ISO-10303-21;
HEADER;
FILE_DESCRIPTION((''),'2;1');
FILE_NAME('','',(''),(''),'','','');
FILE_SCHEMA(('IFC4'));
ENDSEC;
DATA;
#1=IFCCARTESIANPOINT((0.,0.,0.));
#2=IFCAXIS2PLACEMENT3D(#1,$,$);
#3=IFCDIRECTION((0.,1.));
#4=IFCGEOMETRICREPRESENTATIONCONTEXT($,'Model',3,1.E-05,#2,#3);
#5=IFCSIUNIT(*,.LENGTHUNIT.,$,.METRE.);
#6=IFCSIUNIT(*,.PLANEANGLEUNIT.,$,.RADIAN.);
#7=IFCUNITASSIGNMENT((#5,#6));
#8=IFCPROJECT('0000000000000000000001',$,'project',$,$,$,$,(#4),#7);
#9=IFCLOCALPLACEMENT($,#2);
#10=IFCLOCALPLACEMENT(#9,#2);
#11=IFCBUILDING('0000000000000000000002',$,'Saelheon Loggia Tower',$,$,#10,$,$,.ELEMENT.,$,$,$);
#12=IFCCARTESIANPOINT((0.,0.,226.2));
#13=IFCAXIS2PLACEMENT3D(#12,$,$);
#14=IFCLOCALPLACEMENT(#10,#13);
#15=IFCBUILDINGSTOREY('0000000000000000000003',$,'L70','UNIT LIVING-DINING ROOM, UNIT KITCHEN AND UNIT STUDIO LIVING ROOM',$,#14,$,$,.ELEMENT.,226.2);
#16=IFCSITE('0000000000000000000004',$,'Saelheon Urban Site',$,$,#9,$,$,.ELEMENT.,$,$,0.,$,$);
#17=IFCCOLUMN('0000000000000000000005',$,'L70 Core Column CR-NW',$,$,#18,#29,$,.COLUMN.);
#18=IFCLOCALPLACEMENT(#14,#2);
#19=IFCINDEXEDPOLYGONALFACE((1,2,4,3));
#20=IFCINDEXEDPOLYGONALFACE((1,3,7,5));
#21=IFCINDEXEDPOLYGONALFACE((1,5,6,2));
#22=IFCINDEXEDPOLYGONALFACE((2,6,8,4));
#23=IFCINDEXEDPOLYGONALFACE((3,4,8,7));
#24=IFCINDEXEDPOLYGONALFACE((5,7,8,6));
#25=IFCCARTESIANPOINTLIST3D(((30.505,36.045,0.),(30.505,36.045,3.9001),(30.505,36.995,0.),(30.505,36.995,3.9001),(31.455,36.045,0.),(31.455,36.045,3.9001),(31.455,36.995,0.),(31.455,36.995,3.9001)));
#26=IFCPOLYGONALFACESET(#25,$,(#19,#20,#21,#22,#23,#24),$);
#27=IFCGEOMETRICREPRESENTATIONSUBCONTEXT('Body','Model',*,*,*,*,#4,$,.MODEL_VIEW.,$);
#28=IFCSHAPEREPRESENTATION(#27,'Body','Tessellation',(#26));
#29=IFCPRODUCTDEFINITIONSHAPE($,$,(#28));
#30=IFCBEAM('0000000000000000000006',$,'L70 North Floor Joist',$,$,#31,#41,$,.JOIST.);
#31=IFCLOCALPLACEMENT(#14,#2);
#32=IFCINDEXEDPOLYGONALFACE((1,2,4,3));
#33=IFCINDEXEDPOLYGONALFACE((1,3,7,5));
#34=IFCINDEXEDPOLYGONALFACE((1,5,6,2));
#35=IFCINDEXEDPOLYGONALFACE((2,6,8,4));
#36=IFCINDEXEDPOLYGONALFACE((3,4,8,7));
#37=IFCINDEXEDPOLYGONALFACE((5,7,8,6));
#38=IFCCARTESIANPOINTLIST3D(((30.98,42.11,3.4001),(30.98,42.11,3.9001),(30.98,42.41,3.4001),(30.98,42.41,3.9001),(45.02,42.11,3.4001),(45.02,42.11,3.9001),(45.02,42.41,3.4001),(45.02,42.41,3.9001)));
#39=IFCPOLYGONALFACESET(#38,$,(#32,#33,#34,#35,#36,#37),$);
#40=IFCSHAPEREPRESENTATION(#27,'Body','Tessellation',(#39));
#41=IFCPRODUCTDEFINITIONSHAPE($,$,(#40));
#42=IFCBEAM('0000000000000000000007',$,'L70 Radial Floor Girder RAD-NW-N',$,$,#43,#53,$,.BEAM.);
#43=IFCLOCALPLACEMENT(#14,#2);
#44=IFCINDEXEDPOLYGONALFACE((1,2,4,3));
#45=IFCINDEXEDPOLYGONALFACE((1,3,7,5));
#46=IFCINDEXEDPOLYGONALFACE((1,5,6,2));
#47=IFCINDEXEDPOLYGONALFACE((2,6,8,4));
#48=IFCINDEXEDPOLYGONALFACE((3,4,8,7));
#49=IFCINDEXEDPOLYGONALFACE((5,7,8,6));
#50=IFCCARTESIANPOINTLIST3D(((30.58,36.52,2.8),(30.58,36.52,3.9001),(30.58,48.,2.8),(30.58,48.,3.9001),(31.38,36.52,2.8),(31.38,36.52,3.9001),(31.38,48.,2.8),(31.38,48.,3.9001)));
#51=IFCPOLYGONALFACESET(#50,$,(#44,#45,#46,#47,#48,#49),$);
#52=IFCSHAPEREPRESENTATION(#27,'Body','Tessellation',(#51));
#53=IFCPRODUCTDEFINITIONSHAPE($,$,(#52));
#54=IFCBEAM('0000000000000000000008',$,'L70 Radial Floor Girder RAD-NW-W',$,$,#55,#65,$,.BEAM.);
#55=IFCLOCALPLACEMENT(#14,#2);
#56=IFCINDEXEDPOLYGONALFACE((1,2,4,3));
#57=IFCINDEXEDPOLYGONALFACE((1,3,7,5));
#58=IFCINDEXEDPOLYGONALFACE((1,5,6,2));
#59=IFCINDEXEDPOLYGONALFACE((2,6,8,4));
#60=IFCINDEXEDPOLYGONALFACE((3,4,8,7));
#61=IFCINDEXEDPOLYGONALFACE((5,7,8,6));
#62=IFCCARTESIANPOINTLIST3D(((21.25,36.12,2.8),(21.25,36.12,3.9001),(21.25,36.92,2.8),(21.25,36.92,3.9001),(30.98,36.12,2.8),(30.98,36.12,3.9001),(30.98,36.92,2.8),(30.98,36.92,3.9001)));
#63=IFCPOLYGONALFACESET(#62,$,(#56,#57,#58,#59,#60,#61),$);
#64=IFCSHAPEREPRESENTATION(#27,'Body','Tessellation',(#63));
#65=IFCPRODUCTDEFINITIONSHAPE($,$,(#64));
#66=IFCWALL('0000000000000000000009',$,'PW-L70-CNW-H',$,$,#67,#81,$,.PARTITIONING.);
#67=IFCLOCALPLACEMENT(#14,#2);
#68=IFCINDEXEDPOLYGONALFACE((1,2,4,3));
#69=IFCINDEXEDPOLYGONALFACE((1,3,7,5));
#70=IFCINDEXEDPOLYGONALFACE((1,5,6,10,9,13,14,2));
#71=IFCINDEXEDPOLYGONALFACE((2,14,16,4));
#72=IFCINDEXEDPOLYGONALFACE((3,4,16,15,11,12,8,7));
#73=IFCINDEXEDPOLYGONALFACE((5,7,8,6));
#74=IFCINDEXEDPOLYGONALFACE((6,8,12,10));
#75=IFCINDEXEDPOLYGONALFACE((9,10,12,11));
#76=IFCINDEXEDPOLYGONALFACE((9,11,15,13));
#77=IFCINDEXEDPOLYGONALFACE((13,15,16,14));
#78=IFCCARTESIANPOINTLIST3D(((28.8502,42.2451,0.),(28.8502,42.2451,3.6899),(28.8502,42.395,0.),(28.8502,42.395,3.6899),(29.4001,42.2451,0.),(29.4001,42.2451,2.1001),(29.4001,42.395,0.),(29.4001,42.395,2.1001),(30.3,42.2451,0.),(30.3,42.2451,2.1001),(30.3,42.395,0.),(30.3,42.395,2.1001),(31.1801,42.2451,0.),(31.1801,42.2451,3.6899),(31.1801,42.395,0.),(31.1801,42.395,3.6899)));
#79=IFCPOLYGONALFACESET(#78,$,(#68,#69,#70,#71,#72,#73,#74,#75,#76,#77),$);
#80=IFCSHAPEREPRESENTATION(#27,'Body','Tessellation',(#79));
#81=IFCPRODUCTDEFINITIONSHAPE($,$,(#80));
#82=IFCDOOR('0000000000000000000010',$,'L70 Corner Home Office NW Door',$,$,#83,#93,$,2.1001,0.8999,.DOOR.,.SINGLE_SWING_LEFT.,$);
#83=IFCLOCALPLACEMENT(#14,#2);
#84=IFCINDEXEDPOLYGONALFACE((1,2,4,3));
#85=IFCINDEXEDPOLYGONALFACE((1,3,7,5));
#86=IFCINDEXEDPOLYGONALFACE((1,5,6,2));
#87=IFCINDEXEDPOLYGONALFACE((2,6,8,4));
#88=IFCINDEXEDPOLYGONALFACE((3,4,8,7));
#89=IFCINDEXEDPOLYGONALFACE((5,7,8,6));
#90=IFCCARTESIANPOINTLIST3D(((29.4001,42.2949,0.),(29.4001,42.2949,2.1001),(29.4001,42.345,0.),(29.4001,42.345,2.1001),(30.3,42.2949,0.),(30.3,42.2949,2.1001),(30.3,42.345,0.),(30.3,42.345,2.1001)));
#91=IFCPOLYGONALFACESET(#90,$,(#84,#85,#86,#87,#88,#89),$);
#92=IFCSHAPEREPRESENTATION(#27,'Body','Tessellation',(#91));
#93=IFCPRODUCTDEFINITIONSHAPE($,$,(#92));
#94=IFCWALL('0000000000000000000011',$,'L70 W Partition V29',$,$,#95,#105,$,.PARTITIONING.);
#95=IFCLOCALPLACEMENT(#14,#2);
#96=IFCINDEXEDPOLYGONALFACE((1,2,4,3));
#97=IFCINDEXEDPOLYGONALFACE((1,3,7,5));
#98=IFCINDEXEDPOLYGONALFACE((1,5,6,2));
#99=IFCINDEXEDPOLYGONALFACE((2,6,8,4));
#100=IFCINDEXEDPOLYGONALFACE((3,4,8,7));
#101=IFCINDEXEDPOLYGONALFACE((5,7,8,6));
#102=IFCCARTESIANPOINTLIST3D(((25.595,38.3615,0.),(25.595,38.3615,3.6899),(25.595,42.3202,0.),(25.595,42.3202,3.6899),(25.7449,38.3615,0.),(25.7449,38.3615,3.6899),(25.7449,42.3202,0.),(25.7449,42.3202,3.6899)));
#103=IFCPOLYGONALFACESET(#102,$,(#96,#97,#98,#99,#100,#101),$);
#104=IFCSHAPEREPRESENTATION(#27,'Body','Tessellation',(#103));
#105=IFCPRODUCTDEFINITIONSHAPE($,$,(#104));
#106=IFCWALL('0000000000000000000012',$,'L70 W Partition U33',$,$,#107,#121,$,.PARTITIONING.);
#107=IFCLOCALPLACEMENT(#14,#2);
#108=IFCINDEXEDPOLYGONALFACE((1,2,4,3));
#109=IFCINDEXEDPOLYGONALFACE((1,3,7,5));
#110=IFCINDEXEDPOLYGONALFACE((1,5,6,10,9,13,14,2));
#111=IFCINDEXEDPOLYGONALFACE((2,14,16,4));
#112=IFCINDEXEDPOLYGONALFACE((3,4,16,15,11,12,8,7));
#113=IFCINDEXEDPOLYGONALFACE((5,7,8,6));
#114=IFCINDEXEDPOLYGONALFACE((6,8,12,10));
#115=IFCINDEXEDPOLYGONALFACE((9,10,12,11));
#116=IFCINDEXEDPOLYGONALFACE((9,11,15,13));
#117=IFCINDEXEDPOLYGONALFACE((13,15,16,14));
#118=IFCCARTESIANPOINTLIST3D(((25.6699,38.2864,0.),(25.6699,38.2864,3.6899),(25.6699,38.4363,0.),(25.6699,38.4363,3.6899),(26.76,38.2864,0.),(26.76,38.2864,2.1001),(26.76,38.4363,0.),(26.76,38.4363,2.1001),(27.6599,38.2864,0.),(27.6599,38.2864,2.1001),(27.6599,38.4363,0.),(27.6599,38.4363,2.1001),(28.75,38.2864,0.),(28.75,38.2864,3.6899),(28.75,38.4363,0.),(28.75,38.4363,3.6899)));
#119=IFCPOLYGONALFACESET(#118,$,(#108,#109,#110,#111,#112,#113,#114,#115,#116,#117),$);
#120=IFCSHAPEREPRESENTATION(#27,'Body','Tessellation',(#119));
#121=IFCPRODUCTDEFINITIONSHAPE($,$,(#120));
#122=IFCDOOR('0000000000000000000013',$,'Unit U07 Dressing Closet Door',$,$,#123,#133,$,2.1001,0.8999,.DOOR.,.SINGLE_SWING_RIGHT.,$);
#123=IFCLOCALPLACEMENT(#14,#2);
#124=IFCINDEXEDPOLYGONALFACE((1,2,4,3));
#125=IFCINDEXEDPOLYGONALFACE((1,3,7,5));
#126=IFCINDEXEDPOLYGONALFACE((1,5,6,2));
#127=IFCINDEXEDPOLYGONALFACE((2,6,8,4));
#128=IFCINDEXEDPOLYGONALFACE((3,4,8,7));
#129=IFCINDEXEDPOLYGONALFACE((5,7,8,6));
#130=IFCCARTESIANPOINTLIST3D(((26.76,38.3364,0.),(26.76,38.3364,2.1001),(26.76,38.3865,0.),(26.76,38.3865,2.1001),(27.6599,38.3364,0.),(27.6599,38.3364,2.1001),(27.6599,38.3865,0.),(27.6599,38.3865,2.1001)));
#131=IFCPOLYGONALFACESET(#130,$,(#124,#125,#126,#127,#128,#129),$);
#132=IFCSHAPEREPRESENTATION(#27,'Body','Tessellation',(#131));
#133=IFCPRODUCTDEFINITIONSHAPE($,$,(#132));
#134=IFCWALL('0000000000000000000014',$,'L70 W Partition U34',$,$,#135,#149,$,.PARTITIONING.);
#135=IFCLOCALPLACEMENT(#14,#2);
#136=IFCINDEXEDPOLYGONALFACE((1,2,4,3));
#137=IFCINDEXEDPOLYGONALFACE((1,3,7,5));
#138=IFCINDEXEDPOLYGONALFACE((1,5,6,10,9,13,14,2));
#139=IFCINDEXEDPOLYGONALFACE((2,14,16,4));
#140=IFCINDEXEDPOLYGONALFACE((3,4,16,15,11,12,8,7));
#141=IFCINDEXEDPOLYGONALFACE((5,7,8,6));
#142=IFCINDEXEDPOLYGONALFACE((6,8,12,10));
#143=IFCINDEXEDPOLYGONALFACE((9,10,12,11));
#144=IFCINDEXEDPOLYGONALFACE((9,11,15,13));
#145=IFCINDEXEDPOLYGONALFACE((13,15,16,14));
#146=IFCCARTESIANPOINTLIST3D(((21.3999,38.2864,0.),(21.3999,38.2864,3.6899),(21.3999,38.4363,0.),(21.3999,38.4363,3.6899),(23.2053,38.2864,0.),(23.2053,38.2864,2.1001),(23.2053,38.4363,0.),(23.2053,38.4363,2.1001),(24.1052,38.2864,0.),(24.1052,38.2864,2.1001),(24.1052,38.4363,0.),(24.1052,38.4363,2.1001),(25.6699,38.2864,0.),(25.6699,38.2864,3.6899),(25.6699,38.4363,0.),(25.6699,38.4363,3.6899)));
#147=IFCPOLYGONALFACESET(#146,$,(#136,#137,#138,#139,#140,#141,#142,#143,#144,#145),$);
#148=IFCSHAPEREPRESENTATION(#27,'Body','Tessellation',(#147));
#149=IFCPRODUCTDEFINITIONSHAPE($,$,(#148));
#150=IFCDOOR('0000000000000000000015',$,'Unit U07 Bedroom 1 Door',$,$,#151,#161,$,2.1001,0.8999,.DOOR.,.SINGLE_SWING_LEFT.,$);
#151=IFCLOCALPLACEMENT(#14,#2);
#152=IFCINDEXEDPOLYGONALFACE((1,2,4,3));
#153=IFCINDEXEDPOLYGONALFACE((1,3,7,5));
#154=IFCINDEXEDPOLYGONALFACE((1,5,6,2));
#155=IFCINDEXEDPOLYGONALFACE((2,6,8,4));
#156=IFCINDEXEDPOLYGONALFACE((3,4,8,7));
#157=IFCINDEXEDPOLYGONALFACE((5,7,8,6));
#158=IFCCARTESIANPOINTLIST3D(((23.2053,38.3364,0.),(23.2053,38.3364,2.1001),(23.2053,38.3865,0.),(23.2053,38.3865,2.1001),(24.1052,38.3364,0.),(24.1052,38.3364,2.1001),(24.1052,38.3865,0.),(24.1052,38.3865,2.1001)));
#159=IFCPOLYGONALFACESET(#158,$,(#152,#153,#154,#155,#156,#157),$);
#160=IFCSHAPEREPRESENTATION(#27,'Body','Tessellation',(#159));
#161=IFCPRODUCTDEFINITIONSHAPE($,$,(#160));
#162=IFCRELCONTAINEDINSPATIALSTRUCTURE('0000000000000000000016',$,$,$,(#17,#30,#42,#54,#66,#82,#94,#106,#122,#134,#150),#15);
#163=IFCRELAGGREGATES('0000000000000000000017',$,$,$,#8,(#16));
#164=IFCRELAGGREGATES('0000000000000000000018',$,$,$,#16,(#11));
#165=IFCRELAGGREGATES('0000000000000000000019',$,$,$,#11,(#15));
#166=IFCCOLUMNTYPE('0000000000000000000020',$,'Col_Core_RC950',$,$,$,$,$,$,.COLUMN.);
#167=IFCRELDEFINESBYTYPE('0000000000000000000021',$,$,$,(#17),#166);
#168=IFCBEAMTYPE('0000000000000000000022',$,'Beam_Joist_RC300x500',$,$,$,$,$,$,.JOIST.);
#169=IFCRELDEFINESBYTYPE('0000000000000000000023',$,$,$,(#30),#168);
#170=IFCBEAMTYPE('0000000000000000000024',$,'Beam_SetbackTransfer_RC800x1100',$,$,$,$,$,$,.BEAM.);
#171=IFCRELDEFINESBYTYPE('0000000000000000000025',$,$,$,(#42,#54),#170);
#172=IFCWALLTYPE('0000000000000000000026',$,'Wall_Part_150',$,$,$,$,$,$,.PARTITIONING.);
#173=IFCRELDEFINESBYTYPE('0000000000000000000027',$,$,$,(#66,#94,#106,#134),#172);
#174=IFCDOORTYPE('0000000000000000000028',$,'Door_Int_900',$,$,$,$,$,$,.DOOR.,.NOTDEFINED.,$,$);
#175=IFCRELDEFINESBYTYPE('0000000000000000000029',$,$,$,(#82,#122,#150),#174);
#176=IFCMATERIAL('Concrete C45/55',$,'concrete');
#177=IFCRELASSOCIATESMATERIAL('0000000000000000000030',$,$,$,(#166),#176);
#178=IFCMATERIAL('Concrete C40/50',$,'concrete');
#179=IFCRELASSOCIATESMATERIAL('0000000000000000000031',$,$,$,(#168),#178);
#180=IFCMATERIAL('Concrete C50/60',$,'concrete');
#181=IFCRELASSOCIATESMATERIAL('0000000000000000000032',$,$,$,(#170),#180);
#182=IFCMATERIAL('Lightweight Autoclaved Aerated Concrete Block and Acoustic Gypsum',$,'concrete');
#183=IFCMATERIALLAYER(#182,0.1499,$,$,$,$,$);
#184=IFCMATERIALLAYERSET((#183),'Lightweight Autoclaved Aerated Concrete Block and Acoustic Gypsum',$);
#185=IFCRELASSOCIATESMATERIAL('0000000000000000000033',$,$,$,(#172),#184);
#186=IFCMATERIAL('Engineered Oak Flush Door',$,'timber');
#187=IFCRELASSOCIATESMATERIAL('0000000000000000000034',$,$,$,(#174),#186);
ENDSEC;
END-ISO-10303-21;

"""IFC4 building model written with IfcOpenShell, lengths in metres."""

from ifc_helpers import new_model, si_unit, direction, frame, frame_2d, origin, origin_2d, place, context, subcontext, project, spatial, rectangle, extrude, source, transform, mapped, material, layer, layer_set, material_profile, profile_set, type_object, element, fill, save


model = new_model("IFC4")

# Units and contexts
model_context = context("Model", 3, precision=1e-05, world=origin(), true_north=direction((0.0, 1.0)))
body_context = subcontext(model_context, "Body", "Model", "MODEL_VIEW")
ifc_project = project(units=[si_unit("LENGTHUNIT", "METRE"), si_unit("PLANEANGLEUNIT", "RADIAN")], contexts=[model_context])

# Site, building, storey
site_placement = place(None, origin())
site = spatial("IfcSite", under=ifc_project, at=site_placement, Name="Saelheon Urban Site", CompositionType="ELEMENT", RefElevation=0.0)
building_placement = place(site_placement, origin())
building = spatial("IfcBuilding", under=site, at=building_placement, Name="Saelheon Loggia Tower", CompositionType="ELEMENT")
storey_placement = place(building_placement, frame((0.0, 0.0, 226.2)))
storey = spatial("IfcBuildingStorey", under=building, at=storey_placement, Name="L70", Description="UNIT LIVING-DINING ROOM, UNIT KITCHEN AND UNIT STUDIO LIVING ROOM", CompositionType="ELEMENT", Elevation=226.2)

# Column
ifc_material_1 = material(Name="Concrete C45/55", Category="concrete")
ifc_material_profile_1 = material_profile(ifc_material_1, rectangle(XDim=0.95, YDim=0.95, at=origin_2d()), Name="RC-950x950")
ifc_profile_set_1 = profile_set([ifc_material_profile_1], Name="Concrete C45/55")
column_type = type_object("IfcColumnType", Name="Col_Core_RC950", PredefinedType="COLUMN", material=ifc_profile_set_1)
shared_shape_1 = source(origin(), body_context, "Body", "SweptSolid", [
    extrude(rectangle(XDim=0.95, YDim=0.95, at=origin_2d()), origin(), (0.0, 0.0, 1.0), 3.9001),
])
column_placement = place(storey_placement, frame((30.98, 36.52, 0.0), z_axis=(0.0, 0.0, 1.0), x_axis=(1.0, 0.0, 0.0)))
element("IfcColumn", 1, at=column_placement, inside=storey, type_object=column_type, Name="L70 Core Column CR-NW", PredefinedType="COLUMN", context=body_context, shape_type="MappedRepresentation", body=[
    mapped(shared_shape_1, transform((0.0, 0.0, 0.0), scale=1.0)),
])

# Beams
ifc_material_2 = material(Name="Concrete C40/50", Category="concrete")
ifc_material_profile_2 = material_profile(ifc_material_2, rectangle(XDim=0.3, YDim=0.5, at=origin_2d()), Name="RC-300x500")
ifc_profile_set_2 = profile_set([ifc_material_profile_2], Name="Concrete C40/50")
beam_type_1 = type_object("IfcBeamType", Name="Beam_Joist_RC300x500", PredefinedType="JOIST", material=ifc_profile_set_2)
shared_shape_2 = source(origin(), body_context, "Body", "SweptSolid", [
    extrude(rectangle(XDim=0.3, YDim=0.5, at=origin_2d()), origin(), (0.0, 0.0, 1.0), 14.04),
])
beam_1_placement = place(storey_placement, frame((30.98, 42.26, 3.6501), z_axis=(1.0, 0.0, 0.0), x_axis=(0.0, 1.0, 0.0)))
element("IfcBeam", 2, at=beam_1_placement, inside=storey, type_object=beam_type_1, Name="L70 North Floor Joist", PredefinedType="JOIST", context=body_context, shape_type="MappedRepresentation", body=[
    mapped(shared_shape_2, transform((0.0, 0.0, 0.0), scale=1.0)),
])
ifc_material_3 = material(Name="Concrete C50/60", Category="concrete")
ifc_material_profile_3 = material_profile(ifc_material_3, rectangle(XDim=0.8, YDim=1.1001, at=origin_2d()), Name="RC-800x1100")
ifc_profile_set_3 = profile_set([ifc_material_profile_3], Name="Concrete C50/60")
beam_type_2 = type_object("IfcBeamType", Name="Beam_SetbackTransfer_RC800x1100", PredefinedType="BEAM", material=ifc_profile_set_3)
shared_shape_3 = source(origin(), body_context, "Body", "SweptSolid", [
    extrude(rectangle(XDim=0.8, YDim=1.1001, at=origin_2d()), origin(), (0.0, 0.0, 1.0), 11.48),
])
beam_2_placement = place(storey_placement, frame((30.98, 36.52, 3.3501), z_axis=(0.0, 1.0, 0.0), x_axis=(-1.0, 0.0, 0.0)))
element("IfcBeam", 3, at=beam_2_placement, inside=storey, type_object=beam_type_2, Name="L70 Radial Floor Girder RAD-NW-N", PredefinedType="BEAM", context=body_context, shape_type="MappedRepresentation", body=[
    mapped(shared_shape_3, transform((0.0, 0.0, 0.0), scale=1.0)),
])
shared_shape_4 = source(origin(), body_context, "Body", "SweptSolid", [
    extrude(rectangle(XDim=0.8, YDim=1.1001, at=origin_2d()), origin(), (0.0, 0.0, 1.0), 9.73),
])
beam_3_placement = place(storey_placement, frame((30.98, 36.52, 3.3501), z_axis=(-1.0, 0.0, 0.0), x_axis=(0.0, -1.0, 0.0)))
element("IfcBeam", 4, at=beam_3_placement, inside=storey, type_object=beam_type_2, Name="L70 Radial Floor Girder RAD-NW-W", PredefinedType="BEAM", context=body_context, shape_type="MappedRepresentation", body=[
    mapped(shared_shape_4, transform((0.0, 0.0, 0.0), scale=1.0)),
])

# Wall, opening, door
ifc_material_4 = material(Name="Lightweight Autoclaved Aerated Concrete Block and Acoustic Gypsum", Category="concrete")
ifc_layer_1 = layer(ifc_material_4, 0.1499)
ifc_layer_set_1 = layer_set([ifc_layer_1], Name="Lightweight Autoclaved Aerated Concrete Block and Acoustic Gypsum")
wall_type_1 = type_object("IfcWallType", Name="Wall_Part_150", PredefinedType="PARTITIONING", material=ifc_layer_set_1)
wall_1_placement = place(storey_placement, frame((28.8501, 42.3201, 0.0), z_axis=(0.0, 0.0, 1.0), x_axis=(1.0, 0.0, 0.0)))
wall_1 = element("IfcWall", 5, at=wall_1_placement, inside=storey, type_object=wall_type_1, Name="PW-L70-CNW-H", PredefinedType="PARTITIONING", context=body_context, shape_type="SweptSolid", body=[
    extrude(rectangle(XDim=2.3298, YDim=0.1499, at=frame_2d((1.165, 0.0))), origin(), (0.0, 0.0, 1.0), 3.6899),
])
opening_1_placement = place(wall_1_placement, frame((0.55, 0.0, 0.0)))
opening_1 = element("IfcOpeningElement", 6, at=opening_1_placement, cuts=wall_1, PredefinedType="OPENING", context=body_context, shape_type="SweptSolid", body=[
    extrude(rectangle(XDim=0.8999, YDim=2.1001, at=frame_2d((0.45, 1.05))), frame((0.0, 0.0869, 0.0), z_axis=(0.0, -1.0, 0.0), x_axis=(1.0, 0.0, 0.0)), (0.0, 0.0, 1.0), 0.1738),
])
ifc_material_5 = material(Name="Engineered Oak Flush Door", Category="timber")
door_type_1 = type_object("IfcDoorType", Name="Door_Int_900", OperationType="NOTDEFINED", PredefinedType="DOOR", material=ifc_material_5)
shared_shape_5 = source(origin(), body_context, "Body", "SweptSolid", [
    extrude(rectangle(XDim=0.8999, YDim=2.1001, at=frame_2d((0.45, 1.05))), frame((0.0, 0.0249, 0.0), z_axis=(0.0, -1.0, 0.0), x_axis=(1.0, 0.0, 0.0)), (0.0, 0.0, 1.0), 0.05),
])
door_1_placement = place(opening_1_placement, origin())
door_1 = element("IfcDoor", 7, at=door_1_placement, inside=storey, type_object=door_type_1, Name="L70 Corner Home Office NW Door", OperationType="SINGLE_SWING_LEFT", OverallHeight=2.1001, OverallWidth=0.8999, PredefinedType="DOOR", context=body_context, shape_type="MappedRepresentation", body=[
    mapped(shared_shape_5, transform((0.0, 0.0, 0.0), scale=1.0)),
])
fill(opening_1, door_1)

# Wall
wall_2_placement = place(storey_placement, frame((25.6699, 38.3613, 0.0), z_axis=(0.0, 0.0, 1.0), x_axis=(0.0, 1.0, 0.0)))
element("IfcWall", 8, at=wall_2_placement, inside=storey, type_object=wall_type_1, Name="L70 W Partition V29", PredefinedType="PARTITIONING", context=body_context, shape_type="SweptSolid", body=[
    extrude(rectangle(XDim=3.9587, YDim=0.1499, at=frame_2d((1.9795, 0.0))), origin(), (0.0, 0.0, 1.0), 3.6899),
])

# Walls, openings, doors
wall_3_placement = place(storey_placement, frame((28.75, 38.3613, 0.0), z_axis=(0.0, 0.0, 1.0), x_axis=(-1.0, 0.0, 0.0)))
wall_3 = element("IfcWall", 9, at=wall_3_placement, inside=storey, type_object=wall_type_1, Name="L70 W Partition U33", PredefinedType="PARTITIONING", context=body_context, shape_type="SweptSolid", body=[
    extrude(rectangle(XDim=3.0801, YDim=0.1499, at=frame_2d((1.54, 0.0))), origin(), (0.0, 0.0, 1.0), 3.6899),
])
opening_2_placement = place(wall_3_placement, frame((1.0901, 0.0, 0.0)))
opening_2 = element("IfcOpeningElement", 10, at=opening_2_placement, cuts=wall_3, PredefinedType="OPENING", context=body_context, shape_type="SweptSolid", body=[
    extrude(rectangle(XDim=0.8999, YDim=2.1001, at=frame_2d((0.45, 1.05))), frame((0.0, 0.0869, 0.0), z_axis=(0.0, -1.0, 0.0), x_axis=(1.0, 0.0, 0.0)), (0.0, 0.0, 1.0), 0.1738),
])
door_2_placement = place(opening_2_placement, origin())
door_2 = element("IfcDoor", 11, at=door_2_placement, inside=storey, type_object=door_type_1, Name="Unit U07 Dressing Closet Door", OperationType="SINGLE_SWING_RIGHT", OverallHeight=2.1001, OverallWidth=0.8999, PredefinedType="DOOR", context=body_context, shape_type="MappedRepresentation", body=[
    mapped(shared_shape_5, transform((0.0, 0.0, 0.0), scale=1.0)),
])
fill(opening_2, door_2)
wall_4_placement = place(storey_placement, frame((25.6699, 38.3613, 0.0), z_axis=(0.0, 0.0, 1.0), x_axis=(-1.0, 0.0, 0.0)))
wall_4 = element("IfcWall", 12, at=wall_4_placement, inside=storey, type_object=wall_type_1, Name="L70 W Partition U34", PredefinedType="PARTITIONING", context=body_context, shape_type="SweptSolid", body=[
    extrude(rectangle(XDim=4.27, YDim=0.1499, at=frame_2d((2.135, 0.0))), origin(), (0.0, 0.0, 1.0), 3.6899),
])
opening_3_placement = place(wall_4_placement, frame((1.5647, 0.0, 0.0)))
opening_3 = element("IfcOpeningElement", 13, at=opening_3_placement, cuts=wall_4, PredefinedType="OPENING", context=body_context, shape_type="SweptSolid", body=[
    extrude(rectangle(XDim=0.8999, YDim=2.1001, at=frame_2d((0.45, 1.05))), frame((0.0, 0.0869, 0.0), z_axis=(0.0, -1.0, 0.0), x_axis=(1.0, 0.0, 0.0)), (0.0, 0.0, 1.0), 0.1738),
])
door_3_placement = place(opening_3_placement, origin())
door_3 = element("IfcDoor", 14, at=door_3_placement, inside=storey, type_object=door_type_1, Name="Unit U07 Bedroom 1 Door", OperationType="SINGLE_SWING_LEFT", OverallHeight=2.1001, OverallWidth=0.8999, PredefinedType="DOOR", context=body_context, shape_type="MappedRepresentation", body=[
    mapped(shared_shape_5, transform((0.0, 0.0, 0.0), scale=1.0)),
])
fill(opening_3, door_3)

save(model, "model.ifc")
